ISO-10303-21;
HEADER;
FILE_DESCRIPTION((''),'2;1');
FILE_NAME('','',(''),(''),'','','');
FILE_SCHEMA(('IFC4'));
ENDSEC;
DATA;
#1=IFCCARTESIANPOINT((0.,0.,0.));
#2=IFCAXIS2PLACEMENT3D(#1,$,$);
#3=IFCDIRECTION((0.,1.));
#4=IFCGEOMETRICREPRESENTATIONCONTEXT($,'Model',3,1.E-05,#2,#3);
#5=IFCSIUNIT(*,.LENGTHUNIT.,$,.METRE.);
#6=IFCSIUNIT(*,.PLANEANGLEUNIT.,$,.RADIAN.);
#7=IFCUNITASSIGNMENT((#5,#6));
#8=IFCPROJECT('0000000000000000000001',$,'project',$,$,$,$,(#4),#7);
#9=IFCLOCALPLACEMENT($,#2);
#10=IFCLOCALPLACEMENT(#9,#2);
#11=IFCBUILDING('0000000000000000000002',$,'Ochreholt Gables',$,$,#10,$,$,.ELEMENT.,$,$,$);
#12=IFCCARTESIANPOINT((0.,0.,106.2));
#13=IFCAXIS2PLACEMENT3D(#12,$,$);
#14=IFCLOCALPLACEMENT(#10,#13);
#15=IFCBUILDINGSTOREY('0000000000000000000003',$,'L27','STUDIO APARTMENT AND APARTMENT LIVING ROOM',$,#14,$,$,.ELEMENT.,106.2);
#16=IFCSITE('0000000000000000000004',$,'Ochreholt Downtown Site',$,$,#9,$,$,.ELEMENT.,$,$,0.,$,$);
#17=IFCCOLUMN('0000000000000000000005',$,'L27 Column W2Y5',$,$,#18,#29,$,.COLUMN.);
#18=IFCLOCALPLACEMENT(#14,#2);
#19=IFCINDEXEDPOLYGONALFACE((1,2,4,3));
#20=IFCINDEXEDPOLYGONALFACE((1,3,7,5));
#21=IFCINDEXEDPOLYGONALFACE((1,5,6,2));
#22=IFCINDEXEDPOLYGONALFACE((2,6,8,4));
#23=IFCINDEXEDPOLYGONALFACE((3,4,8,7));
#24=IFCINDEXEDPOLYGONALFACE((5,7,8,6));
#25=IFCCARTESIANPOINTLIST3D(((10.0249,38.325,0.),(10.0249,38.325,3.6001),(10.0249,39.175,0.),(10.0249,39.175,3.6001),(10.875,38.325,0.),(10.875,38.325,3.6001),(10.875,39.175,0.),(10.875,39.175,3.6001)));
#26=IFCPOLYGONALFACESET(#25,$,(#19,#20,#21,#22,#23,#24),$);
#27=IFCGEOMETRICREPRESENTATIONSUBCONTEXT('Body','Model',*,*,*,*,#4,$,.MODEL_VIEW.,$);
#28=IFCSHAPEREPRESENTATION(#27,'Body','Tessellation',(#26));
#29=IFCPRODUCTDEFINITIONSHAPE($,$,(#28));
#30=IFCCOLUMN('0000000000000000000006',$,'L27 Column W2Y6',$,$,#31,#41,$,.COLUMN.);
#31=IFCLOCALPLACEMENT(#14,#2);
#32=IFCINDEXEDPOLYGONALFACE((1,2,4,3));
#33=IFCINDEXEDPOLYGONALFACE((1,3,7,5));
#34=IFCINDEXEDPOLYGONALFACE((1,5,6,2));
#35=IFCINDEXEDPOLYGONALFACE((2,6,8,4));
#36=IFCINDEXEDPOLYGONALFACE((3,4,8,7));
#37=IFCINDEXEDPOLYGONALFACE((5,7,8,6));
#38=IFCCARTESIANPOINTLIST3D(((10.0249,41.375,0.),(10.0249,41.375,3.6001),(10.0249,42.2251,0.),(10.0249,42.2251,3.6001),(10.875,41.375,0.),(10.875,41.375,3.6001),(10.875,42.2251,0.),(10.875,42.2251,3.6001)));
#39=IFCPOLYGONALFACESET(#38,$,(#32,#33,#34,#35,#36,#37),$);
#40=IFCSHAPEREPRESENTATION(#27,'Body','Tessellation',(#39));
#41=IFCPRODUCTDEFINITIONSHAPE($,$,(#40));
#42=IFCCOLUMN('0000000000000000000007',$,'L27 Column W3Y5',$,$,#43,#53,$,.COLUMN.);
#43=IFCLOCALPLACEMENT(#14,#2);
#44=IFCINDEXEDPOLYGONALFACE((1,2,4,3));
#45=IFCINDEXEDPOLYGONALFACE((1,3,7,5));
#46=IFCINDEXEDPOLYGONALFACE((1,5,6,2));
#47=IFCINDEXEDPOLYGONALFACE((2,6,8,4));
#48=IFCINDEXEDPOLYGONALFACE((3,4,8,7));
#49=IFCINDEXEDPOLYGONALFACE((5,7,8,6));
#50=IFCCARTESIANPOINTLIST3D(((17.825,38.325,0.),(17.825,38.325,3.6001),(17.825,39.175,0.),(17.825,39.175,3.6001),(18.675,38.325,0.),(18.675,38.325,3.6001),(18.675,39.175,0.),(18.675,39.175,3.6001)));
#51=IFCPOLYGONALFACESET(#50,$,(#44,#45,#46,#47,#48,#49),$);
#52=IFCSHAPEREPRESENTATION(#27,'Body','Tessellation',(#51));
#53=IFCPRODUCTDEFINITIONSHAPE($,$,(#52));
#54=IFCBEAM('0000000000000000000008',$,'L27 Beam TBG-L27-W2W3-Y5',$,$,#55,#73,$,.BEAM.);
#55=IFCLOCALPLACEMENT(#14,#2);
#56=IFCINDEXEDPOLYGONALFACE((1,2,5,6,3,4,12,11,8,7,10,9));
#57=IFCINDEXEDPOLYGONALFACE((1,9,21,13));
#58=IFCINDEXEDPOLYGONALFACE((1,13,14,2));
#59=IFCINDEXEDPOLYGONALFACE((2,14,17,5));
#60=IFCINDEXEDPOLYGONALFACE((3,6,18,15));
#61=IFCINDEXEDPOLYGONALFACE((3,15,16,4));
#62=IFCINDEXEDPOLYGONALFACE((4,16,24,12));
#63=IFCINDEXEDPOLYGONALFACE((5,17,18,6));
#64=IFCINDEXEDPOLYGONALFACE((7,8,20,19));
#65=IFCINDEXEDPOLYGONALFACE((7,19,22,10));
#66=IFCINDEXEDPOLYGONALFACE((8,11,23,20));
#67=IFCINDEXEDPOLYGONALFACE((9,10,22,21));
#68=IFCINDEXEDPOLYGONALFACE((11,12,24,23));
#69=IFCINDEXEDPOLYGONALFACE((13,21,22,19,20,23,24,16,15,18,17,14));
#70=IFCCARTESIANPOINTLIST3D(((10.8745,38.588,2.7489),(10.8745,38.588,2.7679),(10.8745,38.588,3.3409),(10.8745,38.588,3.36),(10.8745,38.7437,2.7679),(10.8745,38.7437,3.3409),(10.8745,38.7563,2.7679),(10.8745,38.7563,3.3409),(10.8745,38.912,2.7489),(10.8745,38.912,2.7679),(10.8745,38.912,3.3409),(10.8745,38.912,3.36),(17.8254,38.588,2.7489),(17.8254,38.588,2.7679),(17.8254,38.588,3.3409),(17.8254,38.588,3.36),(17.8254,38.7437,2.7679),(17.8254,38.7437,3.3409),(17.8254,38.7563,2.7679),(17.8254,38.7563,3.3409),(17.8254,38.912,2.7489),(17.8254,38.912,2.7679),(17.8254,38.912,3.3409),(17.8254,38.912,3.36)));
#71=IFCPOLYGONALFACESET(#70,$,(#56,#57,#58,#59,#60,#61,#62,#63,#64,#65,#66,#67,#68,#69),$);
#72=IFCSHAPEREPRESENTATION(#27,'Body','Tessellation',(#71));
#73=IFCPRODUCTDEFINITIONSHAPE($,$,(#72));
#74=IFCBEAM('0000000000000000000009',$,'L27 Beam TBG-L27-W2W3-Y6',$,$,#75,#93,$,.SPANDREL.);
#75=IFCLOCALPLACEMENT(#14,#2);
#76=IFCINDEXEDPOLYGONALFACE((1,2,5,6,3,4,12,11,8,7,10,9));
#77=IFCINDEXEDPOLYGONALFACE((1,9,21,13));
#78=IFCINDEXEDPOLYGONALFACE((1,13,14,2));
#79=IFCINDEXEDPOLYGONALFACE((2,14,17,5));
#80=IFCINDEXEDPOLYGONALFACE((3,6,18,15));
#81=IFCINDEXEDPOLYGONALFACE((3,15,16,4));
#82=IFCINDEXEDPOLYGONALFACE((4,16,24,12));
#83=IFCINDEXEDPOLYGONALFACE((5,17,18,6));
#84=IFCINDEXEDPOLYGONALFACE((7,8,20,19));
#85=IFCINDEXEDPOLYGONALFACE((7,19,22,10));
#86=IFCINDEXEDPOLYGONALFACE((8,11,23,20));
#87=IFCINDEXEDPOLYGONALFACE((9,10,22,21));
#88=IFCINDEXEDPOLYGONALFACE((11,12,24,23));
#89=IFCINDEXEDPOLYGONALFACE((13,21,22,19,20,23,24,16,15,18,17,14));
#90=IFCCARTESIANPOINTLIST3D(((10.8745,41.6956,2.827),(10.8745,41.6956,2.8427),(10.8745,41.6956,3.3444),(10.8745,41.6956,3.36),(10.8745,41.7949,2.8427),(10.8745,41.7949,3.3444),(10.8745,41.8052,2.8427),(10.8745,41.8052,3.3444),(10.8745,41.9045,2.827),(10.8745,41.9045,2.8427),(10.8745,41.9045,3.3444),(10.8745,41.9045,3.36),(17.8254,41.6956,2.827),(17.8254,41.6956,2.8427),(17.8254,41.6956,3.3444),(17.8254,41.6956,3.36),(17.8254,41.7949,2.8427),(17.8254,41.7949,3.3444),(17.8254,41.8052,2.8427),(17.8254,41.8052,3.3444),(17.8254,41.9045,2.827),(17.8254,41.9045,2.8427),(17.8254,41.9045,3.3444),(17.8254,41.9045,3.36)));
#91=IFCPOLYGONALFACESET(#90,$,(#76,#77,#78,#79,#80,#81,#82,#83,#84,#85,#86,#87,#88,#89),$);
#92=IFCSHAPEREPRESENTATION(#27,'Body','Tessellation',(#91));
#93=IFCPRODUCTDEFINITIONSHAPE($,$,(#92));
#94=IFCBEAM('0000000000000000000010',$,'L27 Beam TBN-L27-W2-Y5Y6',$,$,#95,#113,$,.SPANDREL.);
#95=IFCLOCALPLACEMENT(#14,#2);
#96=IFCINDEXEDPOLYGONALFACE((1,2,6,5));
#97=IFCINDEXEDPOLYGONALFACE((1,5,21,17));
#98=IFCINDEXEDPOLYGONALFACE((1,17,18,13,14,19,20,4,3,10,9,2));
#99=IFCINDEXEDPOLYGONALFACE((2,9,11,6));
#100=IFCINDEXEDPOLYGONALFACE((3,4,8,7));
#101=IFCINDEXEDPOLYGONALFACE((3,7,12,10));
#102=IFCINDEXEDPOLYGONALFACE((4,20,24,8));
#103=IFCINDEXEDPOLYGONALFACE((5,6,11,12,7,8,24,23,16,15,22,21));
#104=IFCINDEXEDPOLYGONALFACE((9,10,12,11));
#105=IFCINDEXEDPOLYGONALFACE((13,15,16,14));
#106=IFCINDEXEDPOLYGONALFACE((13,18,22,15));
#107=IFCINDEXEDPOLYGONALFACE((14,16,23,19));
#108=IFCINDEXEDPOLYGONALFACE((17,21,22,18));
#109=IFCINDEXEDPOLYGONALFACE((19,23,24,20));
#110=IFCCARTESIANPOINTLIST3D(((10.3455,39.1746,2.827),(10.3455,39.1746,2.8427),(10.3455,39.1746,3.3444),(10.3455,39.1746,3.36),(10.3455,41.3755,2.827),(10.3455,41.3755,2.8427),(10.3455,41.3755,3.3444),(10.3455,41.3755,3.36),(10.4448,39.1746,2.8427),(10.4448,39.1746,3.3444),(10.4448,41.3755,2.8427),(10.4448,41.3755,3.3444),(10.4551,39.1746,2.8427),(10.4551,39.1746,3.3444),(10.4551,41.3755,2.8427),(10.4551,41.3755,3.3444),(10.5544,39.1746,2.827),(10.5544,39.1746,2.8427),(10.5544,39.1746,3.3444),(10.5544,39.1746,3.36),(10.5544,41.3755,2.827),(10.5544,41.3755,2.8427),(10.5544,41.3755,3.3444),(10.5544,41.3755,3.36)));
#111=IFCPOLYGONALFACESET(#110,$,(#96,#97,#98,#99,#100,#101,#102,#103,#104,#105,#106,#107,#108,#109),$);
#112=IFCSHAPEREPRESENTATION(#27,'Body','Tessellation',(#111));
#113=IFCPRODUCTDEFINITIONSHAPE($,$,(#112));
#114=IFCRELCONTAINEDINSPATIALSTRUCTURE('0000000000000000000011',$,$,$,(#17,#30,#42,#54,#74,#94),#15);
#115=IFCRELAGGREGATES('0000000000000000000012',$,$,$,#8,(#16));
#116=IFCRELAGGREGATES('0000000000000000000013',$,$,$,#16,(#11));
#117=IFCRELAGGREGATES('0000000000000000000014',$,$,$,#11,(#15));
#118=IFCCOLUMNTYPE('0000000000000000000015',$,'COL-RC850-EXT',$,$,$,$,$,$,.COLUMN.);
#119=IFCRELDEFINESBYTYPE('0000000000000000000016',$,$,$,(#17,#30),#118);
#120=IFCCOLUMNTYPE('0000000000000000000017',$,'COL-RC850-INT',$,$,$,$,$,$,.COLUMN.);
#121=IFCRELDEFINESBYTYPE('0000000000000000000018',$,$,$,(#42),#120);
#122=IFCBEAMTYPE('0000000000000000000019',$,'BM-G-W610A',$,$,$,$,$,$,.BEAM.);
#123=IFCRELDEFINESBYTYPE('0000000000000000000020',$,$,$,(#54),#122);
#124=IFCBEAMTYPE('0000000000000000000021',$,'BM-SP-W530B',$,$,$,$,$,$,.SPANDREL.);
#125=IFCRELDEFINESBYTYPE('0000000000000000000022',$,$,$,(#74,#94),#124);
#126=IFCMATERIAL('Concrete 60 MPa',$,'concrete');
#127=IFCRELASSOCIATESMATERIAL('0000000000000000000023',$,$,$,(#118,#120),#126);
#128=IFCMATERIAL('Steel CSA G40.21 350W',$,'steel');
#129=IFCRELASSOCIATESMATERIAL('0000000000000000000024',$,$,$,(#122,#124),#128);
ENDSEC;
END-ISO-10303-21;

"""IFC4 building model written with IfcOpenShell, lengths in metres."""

from ifc_helpers import new_model, si_unit, direction, frame, origin, origin_2d, place, context, subcontext, project, spatial, rectangle, i_section, extrude, material, material_profile, profile_set, type_object, element, save


model = new_model("IFC4")

# Units and contexts
model_context = context("Model", 3, precision=1e-05, world=origin(), true_north=direction((0.0, 1.0)))
body_context = subcontext(model_context, "Body", "Model", "MODEL_VIEW")
ifc_project = project(units=[si_unit("LENGTHUNIT", "METRE"), si_unit("PLANEANGLEUNIT", "RADIAN")], contexts=[model_context])

# Site, building, storey
site_placement = place(None, origin())
site = spatial("IfcSite", under=ifc_project, at=site_placement, Name="Ochreholt Downtown Site", CompositionType="ELEMENT", RefElevation=0.0)
building_placement = place(site_placement, origin())
building = spatial("IfcBuilding", under=site, at=building_placement, Name="Ochreholt Gables", CompositionType="ELEMENT")
storey_placement = place(building_placement, frame((0.0, 0.0, 106.2)))
storey = spatial("IfcBuildingStorey", under=building, at=storey_placement, Name="L27", Description="STUDIO APARTMENT AND APARTMENT LIVING ROOM", CompositionType="ELEMENT", Elevation=106.2)

# Columns
ifc_material_1 = material(Name="Concrete 60 MPa", Category="concrete")
ifc_material_profile_1 = material_profile(ifc_material_1, rectangle(XDim=0.8501, YDim=0.8501, at=origin_2d()), Name="RC850X850")
ifc_profile_set_1 = profile_set([ifc_material_profile_1], Name="Concrete 60 MPa")
column_type_1 = type_object("IfcColumnType", Name="COL-RC850-EXT", PredefinedType="COLUMN", material=ifc_profile_set_1)
for number, where, z_axis, x_axis, name in (
    (1, (10.45, 38.75, 0.0), (0.0, 0.0, 1.0), (1.0, 0.0, 0.0), "L27 Column W2Y5"),
    (2, (10.45, 41.8, 0.0), (0.0, 0.0, 1.0), (1.0, 0.0, 0.0), "L27 Column W2Y6"),
):
    element("IfcColumn", number, at=place(storey_placement, frame(where, z_axis=z_axis, x_axis=x_axis)), inside=storey, type_object=column_type_1, Name=name, PredefinedType="COLUMN", context=body_context, shape_type="SweptSolid", body=[
        extrude(rectangle(XDim=0.8501, YDim=0.8501, at=origin_2d()), origin(), (0.0, 0.0, 1.0), 3.6001),
    ])
ifc_material_profile_2 = material_profile(ifc_material_1, rectangle(XDim=0.8501, YDim=0.8501, at=origin_2d()), Name="RC850X850")
ifc_profile_set_2 = profile_set([ifc_material_profile_2], Name="Concrete 60 MPa")
column_type_2 = type_object("IfcColumnType", Name="COL-RC850-INT", PredefinedType="COLUMN", material=ifc_profile_set_2)
column_placement = place(storey_placement, frame((18.25, 38.75, 0.0), z_axis=(0.0, 0.0, 1.0), x_axis=(1.0, 0.0, 0.0)))
element("IfcColumn", 3, at=column_placement, inside=storey, type_object=column_type_2, Name="L27 Column W3Y5", PredefinedType="COLUMN", context=body_context, shape_type="SweptSolid", body=[
    extrude(rectangle(XDim=0.8501, YDim=0.8501, at=origin_2d()), origin(), (0.0, 0.0, 1.0), 3.6001),
])

# Beams
ifc_material_2 = material(Name="Steel CSA G40.21 350W", Category="steel")
ifc_material_profile_3 = material_profile(ifc_material_2, i_section(OverallWidth=0.324, OverallDepth=0.6111, WebThickness=0.0127, FlangeThickness=0.019, at=origin_2d()), Name="W610X155")
ifc_profile_set_3 = profile_set([ifc_material_profile_3], Name="Steel CSA G40.21 350W")
beam_type_1 = type_object("IfcBeamType", Name="BM-G-W610A", PredefinedType="BEAM", material=ifc_profile_set_3)
beam_1_placement = place(storey_placement, frame((10.8745, 38.75, 3.0544), z_axis=(1.0, 0.0, 0.0), x_axis=(0.0, 1.0, 0.0)))
element("IfcBeam", 4, at=beam_1_placement, inside=storey, type_object=beam_type_1, Name="L27 Beam TBG-L27-W2W3-Y5", PredefinedType="BEAM", context=body_context, shape_type="SweptSolid", body=[
    extrude(i_section(OverallWidth=0.324, OverallDepth=0.6111, WebThickness=0.0127, FlangeThickness=0.019, at=origin_2d()), origin(), (0.0, 0.0, 1.0), 6.9509),
])
ifc_material_profile_4 = material_profile(ifc_material_2, i_section(OverallWidth=0.209, OverallDepth=0.533, WebThickness=0.0103, FlangeThickness=0.0156, at=origin_2d()), Name="W530X92")
ifc_profile_set_4 = profile_set([ifc_material_profile_4], Name="Steel CSA G40.21 350W")
beam_type_2 = type_object("IfcBeamType", Name="BM-SP-W530B", PredefinedType="SPANDREL", material=ifc_profile_set_4)
beam_2_placement = place(storey_placement, frame((10.8745, 41.8, 3.0935), z_axis=(1.0, 0.0, 0.0), x_axis=(0.0, 1.0, 0.0)))
element("IfcBeam", 5, at=beam_2_placement, inside=storey, type_object=beam_type_2, Name="L27 Beam TBG-L27-W2W3-Y6", PredefinedType="SPANDREL", context=body_context, shape_type="SweptSolid", body=[
    extrude(i_section(OverallWidth=0.209, OverallDepth=0.533, WebThickness=0.0103, FlangeThickness=0.0156, at=origin_2d()), origin(), (0.0, 0.0, 1.0), 6.9509),
])
beam_3_placement = place(storey_placement, frame((10.45, 39.1746, 3.0935), z_axis=(0.0, 1.0, 0.0), x_axis=(-1.0, 0.0, 0.0)))
element("IfcBeam", 6, at=beam_3_placement, inside=storey, type_object=beam_type_2, Name="L27 Beam TBN-L27-W2-Y5Y6", PredefinedType="SPANDREL", context=body_context, shape_type="SweptSolid", body=[
    extrude(i_section(OverallWidth=0.209, OverallDepth=0.533, WebThickness=0.0103, FlangeThickness=0.0156, at=origin_2d()), origin(), (0.0, 0.0, 1.0), 2.2009),
])

save(model, "model.ifc")
